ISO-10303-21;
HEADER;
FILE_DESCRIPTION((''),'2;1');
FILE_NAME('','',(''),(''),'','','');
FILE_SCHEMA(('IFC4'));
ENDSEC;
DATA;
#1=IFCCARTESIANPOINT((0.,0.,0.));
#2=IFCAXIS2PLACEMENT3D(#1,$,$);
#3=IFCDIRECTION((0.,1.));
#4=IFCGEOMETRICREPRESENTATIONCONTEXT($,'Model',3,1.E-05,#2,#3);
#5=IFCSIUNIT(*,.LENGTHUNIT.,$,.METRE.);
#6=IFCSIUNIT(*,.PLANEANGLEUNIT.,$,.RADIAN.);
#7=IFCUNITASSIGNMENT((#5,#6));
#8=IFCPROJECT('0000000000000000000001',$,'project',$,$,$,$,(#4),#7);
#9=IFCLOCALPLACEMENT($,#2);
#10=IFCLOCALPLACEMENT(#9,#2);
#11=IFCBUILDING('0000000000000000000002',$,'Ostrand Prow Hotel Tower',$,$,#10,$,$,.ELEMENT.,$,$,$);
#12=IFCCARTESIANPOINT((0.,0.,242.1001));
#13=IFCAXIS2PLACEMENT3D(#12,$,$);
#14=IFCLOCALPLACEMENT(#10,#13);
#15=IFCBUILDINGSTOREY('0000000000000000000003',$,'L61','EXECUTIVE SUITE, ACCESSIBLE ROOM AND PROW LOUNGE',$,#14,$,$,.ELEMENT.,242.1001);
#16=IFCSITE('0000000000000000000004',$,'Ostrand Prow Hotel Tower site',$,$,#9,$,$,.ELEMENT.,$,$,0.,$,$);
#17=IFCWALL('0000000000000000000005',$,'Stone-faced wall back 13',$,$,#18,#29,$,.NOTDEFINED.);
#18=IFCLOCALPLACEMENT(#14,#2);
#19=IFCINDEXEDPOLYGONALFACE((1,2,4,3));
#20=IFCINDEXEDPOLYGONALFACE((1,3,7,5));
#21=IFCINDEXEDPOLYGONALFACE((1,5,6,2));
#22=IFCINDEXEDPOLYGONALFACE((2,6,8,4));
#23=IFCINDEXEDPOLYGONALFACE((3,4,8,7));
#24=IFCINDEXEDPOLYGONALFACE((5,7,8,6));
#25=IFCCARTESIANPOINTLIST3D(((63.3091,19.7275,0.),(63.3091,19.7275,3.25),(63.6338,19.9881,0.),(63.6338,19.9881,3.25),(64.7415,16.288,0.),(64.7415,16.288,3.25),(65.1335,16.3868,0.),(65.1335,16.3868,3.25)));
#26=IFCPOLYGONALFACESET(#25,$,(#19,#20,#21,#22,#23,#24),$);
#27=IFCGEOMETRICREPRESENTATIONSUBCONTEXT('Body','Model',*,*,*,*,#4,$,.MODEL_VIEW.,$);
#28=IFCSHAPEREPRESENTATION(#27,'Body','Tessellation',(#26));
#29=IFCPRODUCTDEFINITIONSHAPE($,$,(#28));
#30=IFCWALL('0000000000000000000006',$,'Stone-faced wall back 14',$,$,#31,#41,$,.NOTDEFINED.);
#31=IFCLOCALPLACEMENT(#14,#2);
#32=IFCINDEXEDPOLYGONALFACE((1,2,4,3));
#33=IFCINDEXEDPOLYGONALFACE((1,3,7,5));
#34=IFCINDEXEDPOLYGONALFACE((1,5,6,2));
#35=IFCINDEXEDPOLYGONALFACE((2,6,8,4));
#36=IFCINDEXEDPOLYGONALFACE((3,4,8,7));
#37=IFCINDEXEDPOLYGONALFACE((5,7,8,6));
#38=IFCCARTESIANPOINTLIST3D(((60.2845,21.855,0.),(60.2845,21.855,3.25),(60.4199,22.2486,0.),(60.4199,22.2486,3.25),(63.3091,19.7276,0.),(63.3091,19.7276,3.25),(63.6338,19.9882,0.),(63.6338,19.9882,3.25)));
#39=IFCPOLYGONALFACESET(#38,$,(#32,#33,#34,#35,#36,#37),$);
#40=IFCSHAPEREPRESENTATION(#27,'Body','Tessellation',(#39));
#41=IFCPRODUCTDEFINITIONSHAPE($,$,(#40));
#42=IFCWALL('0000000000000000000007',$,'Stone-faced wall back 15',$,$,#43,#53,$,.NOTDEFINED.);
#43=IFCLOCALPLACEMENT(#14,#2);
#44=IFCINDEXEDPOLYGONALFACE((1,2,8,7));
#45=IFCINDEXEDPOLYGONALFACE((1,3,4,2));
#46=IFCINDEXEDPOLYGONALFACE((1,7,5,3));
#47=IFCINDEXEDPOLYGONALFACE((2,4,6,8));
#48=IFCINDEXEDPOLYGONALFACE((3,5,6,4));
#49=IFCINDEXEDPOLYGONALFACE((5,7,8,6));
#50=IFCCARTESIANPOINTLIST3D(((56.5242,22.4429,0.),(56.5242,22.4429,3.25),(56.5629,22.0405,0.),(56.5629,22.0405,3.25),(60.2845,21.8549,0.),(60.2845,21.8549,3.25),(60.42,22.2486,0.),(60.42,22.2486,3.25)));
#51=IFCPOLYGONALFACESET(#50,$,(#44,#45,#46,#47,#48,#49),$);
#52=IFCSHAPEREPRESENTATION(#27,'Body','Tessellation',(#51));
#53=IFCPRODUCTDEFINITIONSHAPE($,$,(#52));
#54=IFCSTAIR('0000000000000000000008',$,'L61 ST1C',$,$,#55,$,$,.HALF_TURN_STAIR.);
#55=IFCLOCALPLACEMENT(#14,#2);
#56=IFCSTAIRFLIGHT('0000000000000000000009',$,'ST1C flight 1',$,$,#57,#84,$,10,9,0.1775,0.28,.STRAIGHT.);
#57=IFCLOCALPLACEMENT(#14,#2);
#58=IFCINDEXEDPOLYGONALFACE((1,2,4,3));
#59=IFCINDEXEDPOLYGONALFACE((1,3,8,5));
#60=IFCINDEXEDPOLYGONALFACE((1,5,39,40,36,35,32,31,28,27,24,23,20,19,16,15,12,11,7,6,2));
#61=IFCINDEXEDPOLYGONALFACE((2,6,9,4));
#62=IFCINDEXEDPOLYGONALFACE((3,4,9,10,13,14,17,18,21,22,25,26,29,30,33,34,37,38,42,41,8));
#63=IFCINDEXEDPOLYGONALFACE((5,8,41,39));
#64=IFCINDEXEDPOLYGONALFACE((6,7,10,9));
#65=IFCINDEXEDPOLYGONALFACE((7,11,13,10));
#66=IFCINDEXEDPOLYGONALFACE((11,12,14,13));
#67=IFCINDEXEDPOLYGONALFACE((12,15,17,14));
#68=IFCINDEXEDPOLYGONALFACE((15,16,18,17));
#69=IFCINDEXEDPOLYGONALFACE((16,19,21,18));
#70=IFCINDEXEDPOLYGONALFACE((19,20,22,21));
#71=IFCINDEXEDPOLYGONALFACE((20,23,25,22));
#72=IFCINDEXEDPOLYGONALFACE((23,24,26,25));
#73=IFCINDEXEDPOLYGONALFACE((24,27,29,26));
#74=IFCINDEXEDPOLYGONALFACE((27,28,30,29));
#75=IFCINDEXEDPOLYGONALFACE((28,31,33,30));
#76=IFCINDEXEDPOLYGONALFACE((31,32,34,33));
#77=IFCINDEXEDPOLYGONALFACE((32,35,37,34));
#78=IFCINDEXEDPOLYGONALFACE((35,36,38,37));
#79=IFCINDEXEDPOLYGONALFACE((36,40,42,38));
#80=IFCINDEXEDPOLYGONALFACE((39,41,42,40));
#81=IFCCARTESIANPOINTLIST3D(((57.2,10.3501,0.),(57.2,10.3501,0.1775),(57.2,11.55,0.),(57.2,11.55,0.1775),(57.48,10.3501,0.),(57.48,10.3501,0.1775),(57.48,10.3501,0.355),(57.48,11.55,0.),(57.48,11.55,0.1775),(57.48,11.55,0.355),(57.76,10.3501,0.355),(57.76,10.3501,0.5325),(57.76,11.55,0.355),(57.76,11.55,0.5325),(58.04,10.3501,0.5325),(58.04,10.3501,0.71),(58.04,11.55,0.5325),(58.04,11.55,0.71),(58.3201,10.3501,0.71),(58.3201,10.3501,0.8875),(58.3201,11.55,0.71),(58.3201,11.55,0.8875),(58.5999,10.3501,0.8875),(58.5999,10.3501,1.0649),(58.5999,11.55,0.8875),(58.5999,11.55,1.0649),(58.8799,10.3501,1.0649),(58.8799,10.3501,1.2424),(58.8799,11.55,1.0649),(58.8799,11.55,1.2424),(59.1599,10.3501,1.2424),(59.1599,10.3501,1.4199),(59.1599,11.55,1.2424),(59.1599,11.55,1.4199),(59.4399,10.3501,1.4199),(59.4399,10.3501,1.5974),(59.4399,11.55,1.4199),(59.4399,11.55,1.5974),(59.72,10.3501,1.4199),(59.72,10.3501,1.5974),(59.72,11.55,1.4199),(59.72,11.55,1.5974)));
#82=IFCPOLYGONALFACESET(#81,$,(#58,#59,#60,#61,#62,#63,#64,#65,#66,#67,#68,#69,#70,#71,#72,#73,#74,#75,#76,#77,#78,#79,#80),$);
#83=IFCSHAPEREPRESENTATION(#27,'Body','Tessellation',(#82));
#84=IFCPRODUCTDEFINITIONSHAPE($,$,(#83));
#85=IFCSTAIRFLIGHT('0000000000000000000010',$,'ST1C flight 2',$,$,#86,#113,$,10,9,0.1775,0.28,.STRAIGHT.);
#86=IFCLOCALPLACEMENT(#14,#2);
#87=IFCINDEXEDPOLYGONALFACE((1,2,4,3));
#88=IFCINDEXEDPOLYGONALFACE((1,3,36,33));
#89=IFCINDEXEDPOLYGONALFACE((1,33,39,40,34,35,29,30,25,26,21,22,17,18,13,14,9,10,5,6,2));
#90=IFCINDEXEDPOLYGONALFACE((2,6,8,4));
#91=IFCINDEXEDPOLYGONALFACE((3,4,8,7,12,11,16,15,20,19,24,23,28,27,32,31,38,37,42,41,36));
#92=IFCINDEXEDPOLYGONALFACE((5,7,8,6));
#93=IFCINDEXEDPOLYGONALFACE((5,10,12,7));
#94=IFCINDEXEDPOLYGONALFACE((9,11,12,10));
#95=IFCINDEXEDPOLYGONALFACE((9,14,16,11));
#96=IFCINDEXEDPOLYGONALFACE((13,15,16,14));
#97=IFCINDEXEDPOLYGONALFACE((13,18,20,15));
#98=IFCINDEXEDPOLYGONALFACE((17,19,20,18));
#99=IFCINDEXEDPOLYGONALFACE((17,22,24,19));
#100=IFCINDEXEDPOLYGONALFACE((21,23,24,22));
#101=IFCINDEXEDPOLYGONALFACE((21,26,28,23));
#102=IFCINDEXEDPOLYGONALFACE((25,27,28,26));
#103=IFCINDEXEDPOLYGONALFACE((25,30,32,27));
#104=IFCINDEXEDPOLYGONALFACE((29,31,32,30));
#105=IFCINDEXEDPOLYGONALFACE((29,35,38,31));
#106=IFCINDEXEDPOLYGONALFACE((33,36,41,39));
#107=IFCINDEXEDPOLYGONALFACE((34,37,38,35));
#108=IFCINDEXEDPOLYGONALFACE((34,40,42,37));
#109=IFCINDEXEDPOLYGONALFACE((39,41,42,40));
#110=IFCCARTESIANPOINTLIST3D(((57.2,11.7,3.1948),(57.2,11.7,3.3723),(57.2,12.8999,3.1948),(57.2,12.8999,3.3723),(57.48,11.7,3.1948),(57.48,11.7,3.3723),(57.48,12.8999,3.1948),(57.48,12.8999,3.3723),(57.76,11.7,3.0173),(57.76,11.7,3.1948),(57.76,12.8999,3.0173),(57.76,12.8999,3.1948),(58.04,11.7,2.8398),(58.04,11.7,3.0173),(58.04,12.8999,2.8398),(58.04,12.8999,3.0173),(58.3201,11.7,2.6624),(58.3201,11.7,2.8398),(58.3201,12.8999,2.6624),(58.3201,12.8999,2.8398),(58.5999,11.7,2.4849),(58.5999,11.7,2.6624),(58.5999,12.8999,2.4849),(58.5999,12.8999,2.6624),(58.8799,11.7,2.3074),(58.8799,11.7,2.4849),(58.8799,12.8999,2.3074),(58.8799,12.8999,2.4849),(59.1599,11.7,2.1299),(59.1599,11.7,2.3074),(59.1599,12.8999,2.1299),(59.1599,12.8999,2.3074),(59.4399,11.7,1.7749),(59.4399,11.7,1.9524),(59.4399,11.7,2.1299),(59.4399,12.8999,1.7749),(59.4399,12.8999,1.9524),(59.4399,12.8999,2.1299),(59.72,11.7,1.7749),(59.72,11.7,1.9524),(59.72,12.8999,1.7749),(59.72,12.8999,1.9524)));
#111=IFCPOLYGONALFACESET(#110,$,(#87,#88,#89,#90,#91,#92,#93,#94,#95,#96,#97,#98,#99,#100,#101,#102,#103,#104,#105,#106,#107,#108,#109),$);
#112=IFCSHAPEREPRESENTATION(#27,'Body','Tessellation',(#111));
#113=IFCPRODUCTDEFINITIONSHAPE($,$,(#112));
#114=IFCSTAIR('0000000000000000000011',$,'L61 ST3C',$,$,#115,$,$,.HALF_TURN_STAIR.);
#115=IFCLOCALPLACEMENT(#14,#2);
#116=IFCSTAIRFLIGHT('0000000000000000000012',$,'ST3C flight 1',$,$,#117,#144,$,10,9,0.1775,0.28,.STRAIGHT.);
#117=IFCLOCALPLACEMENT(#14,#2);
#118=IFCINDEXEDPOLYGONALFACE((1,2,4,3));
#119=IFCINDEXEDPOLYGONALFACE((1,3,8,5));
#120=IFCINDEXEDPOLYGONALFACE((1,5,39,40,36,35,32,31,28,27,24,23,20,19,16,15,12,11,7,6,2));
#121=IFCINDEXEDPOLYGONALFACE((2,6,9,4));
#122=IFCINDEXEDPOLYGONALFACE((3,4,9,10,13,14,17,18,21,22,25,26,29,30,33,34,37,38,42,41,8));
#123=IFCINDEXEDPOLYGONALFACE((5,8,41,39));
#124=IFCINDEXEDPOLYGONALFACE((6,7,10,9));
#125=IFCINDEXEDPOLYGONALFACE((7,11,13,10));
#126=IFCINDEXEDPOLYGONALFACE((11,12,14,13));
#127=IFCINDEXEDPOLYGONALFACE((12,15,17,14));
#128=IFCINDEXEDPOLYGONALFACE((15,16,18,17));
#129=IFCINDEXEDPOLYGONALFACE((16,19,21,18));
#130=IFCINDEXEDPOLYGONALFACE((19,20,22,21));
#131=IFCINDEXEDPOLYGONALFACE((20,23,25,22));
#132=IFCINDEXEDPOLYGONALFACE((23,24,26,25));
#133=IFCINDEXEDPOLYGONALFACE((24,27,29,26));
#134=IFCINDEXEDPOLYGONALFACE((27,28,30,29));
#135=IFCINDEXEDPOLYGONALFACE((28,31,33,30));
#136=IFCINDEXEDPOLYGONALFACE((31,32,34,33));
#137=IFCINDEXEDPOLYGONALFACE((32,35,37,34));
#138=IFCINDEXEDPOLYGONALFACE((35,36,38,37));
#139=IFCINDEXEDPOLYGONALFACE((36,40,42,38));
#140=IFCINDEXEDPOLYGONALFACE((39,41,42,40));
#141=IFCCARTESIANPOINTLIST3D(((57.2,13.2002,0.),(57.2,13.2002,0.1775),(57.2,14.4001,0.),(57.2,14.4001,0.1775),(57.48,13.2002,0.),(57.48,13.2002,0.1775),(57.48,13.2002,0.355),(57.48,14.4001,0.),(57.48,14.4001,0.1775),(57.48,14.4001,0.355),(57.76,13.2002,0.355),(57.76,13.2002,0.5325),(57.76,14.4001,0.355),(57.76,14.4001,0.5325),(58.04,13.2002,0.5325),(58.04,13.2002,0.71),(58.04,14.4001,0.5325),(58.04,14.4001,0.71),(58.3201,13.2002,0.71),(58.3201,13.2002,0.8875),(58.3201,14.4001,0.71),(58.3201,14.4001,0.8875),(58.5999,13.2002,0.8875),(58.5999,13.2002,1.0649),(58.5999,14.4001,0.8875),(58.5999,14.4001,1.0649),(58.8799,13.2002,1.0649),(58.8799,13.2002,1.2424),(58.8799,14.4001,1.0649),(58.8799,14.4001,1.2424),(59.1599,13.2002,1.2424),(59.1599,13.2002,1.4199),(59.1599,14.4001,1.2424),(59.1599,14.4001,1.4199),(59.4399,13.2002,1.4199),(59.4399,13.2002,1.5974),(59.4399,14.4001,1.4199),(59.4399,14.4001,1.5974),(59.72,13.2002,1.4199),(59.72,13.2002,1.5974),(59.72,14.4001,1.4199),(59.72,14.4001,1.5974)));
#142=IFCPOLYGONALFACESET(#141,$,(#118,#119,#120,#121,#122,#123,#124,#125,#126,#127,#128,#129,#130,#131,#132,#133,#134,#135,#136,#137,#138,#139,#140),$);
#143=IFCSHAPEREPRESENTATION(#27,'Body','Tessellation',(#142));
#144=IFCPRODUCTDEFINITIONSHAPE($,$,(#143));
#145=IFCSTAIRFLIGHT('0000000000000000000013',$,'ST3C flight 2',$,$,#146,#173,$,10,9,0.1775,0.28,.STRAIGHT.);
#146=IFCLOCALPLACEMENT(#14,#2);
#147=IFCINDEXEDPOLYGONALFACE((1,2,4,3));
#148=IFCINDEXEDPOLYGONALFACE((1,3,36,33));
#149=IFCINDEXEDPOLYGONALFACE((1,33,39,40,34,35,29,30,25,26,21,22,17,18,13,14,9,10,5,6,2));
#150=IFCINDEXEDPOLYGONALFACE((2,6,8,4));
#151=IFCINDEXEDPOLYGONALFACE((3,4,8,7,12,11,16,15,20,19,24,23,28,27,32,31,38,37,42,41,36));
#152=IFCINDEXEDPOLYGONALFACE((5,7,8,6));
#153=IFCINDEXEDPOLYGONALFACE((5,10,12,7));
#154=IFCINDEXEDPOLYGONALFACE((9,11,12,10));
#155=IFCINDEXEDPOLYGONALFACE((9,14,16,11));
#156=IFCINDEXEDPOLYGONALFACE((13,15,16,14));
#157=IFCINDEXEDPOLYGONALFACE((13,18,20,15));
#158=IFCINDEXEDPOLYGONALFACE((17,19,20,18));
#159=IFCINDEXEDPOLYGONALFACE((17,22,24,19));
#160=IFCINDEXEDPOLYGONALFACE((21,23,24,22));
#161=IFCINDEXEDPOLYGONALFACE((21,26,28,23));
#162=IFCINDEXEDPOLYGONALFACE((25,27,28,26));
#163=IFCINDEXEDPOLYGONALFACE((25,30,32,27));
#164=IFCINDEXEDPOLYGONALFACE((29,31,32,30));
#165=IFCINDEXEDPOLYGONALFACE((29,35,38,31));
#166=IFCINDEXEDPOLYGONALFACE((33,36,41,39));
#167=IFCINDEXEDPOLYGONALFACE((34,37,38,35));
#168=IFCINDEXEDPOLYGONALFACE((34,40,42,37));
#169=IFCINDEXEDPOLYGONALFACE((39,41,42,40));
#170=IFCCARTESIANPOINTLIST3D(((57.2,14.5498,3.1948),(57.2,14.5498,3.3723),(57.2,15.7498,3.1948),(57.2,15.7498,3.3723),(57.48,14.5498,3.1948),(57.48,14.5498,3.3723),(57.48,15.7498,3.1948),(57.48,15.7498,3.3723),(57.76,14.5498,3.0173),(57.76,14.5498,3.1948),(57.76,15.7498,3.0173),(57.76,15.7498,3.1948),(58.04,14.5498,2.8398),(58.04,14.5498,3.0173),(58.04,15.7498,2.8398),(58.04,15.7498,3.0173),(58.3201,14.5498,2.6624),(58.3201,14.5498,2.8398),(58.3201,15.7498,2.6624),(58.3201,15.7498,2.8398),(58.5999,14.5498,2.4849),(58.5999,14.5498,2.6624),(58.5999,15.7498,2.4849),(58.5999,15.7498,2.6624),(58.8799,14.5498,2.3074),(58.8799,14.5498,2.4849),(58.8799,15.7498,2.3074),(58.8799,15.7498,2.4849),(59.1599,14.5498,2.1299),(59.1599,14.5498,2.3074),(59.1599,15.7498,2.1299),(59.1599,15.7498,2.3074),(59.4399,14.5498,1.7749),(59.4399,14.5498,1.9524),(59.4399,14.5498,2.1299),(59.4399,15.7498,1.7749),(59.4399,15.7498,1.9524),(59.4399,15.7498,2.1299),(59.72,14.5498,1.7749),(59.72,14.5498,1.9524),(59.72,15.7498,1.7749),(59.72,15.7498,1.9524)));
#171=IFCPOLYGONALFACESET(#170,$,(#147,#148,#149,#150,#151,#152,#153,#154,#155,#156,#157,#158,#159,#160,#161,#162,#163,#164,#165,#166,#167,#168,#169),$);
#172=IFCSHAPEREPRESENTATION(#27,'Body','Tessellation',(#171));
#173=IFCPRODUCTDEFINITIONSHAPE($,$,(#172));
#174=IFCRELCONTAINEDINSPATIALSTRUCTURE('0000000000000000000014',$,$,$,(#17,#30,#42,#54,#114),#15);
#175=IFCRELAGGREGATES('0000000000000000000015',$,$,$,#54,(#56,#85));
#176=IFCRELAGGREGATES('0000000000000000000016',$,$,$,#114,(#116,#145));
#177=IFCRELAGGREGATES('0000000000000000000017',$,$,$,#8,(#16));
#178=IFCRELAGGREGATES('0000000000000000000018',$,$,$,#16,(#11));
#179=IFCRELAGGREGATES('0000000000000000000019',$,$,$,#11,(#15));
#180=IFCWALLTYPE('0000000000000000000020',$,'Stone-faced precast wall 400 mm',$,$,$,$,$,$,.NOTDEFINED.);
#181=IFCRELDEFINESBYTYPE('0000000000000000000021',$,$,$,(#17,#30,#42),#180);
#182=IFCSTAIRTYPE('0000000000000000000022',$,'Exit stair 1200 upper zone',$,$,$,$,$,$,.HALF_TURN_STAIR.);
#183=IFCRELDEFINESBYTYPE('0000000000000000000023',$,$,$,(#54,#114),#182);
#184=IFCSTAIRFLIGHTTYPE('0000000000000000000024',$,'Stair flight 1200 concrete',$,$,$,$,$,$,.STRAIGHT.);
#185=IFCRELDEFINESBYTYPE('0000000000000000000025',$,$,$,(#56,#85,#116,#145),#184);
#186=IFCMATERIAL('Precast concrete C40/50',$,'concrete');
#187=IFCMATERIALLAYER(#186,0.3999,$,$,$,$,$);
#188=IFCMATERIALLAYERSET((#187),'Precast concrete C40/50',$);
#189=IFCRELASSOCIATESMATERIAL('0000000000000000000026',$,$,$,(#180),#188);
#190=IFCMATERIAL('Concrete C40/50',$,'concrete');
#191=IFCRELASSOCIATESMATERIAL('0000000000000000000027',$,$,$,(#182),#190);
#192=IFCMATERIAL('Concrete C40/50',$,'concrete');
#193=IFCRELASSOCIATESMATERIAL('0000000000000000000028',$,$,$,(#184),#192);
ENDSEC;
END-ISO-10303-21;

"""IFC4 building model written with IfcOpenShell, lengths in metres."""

from ifc_helpers import new_model, si_unit, direction, frame, origin, place, context, subcontext, project, spatial, polyline, outline, extrude, material, layer, layer_set, type_object, element, aggregate, save


model = new_model("IFC4")

# Units and contexts
model_context = context("Model", 3, precision=1e-05, world=origin(), true_north=direction((0.0, 1.0)))
body_context = subcontext(model_context, "Body", "Model", "MODEL_VIEW")
ifc_project = project(units=[si_unit("LENGTHUNIT", "METRE"), si_unit("PLANEANGLEUNIT", "RADIAN")], contexts=[model_context])

# Site, building, storey
site_placement = place(None, origin())
site = spatial("IfcSite", under=ifc_project, at=site_placement, Name="Ostrand Prow Hotel Tower site", CompositionType="ELEMENT", RefElevation=0.0)
building_placement = place(site_placement, origin())
building = spatial("IfcBuilding", under=site, at=building_placement, Name="Ostrand Prow Hotel Tower", CompositionType="ELEMENT")
storey_placement = place(building_placement, frame((0.0, 0.0, 242.1001)))
storey = spatial("IfcBuildingStorey", under=building, at=storey_placement, Name="L61", Description="EXECUTIVE SUITE, ACCESSIBLE ROOM AND PROW LOUNGE", CompositionType="ELEMENT", Elevation=242.1001)

# Shared definitions
ifc_material_1 = material(Name="Precast concrete C40/50", Category="concrete")
ifc_layer_1 = layer(ifc_material_1, 0.3999)
ifc_layer_set_1 = layer_set([ifc_layer_1], Name="Precast concrete C40/50")
wall_type_1 = type_object("IfcWallType", Name="Stone-faced precast wall 400 mm", PredefinedType="NOTDEFINED", material=ifc_layer_set_1)

# Walls
wall_1_placement = place(storey_placement, frame((64.9375, 16.3374, 0.0), z_axis=(0.0, 0.0, 1.0), x_axis=(-0.384434, 0.923153, 0.0)))
element("IfcWall", 1, at=wall_1_placement, inside=storey, type_object=wall_type_1, Name="Stone-faced wall back 13", PredefinedType="NOTDEFINED", context=body_context, shape_type="SweptSolid", body=[
    extrude(outline(polyline([(-0.0298, -0.2), (3.8713, -0.2), (3.7556, 0.2), (0.0298, 0.2), (-0.0298, -0.2)])), origin(), (0.0, 0.0, 1.0), 3.25),
])
wall_2_placement = place(storey_placement, frame((63.4714, 19.8579, 0.0), z_axis=(0.0, 0.0, 1.0), x_axis=(-0.817943, 0.5753, 0.0)))
element("IfcWall", 2, at=wall_2_placement, inside=storey, type_object=wall_type_1, Name="Stone-faced wall back 14", PredefinedType="NOTDEFINED", context=body_context, shape_type="SweptSolid", body=[
    extrude(outline(polyline([(-0.0579, -0.2), (3.8713, -0.2), (3.7556, 0.2), (0.0579, 0.2), (-0.0579, -0.2)])), origin(), (0.0, 0.0, 1.0), 3.25),
])
wall_3_placement = place(storey_placement, frame((60.3523, 22.0518, 0.0), z_axis=(0.0, 0.0, 1.0), x_axis=(-0.998759, 0.049807, 0.0)))
element("IfcWall", 3, at=wall_3_placement, inside=storey, type_object=wall_type_1, Name="Stone-faced wall back 15", PredefinedType="NOTDEFINED", context=body_context, shape_type="SweptSolid", body=[
    extrude(outline(polyline([(-0.0579, -0.2), (3.8428, -0.2), (3.7842, 0.2), (0.0579, 0.2), (-0.0579, -0.2)])), origin(), (0.0, 0.0, 1.0), 3.25),
])

# Stairs, stair flights
ifc_material_2 = material(Name="Concrete C40/50", Category="concrete")
stair_type = type_object("IfcStairType", Name="Exit stair 1200 upper zone", PredefinedType="HALF_TURN_STAIR", material=ifc_material_2)
stair_1_placement = place(storey_placement, origin())
stair_1 = element("IfcStair", 4, at=stair_1_placement, inside=storey, type_object=stair_type, Name="L61 ST1C", PredefinedType="HALF_TURN_STAIR")
ifc_material_3 = material(Name="Concrete C40/50", Category="concrete")
stair_flight_type = type_object("IfcStairFlightType", Name="Stair flight 1200 concrete", PredefinedType="STRAIGHT", material=ifc_material_3)
stair_flight_1_placement = place(storey_placement, frame((57.2, 10.95, 0.0), z_axis=(0.0, 0.0, 1.0), x_axis=(1.0, 0.0, 0.0)))
stair_flight_1 = element("IfcStairFlight", 5, at=stair_flight_1_placement, type_object=stair_flight_type, Name="ST1C flight 1", NumberOfRisers=10, NumberOfTreads=9, PredefinedType="STRAIGHT", RiserHeight=0.1775, TreadLength=0.28, context=body_context, shape_type="SweptSolid", body=[
    extrude(outline(polyline([(0.0, 0.0), (0.0, 0.1775), (0.28, 0.1775), (0.28, 0.355), (0.5601, 0.355), (0.5601, 0.5325), (0.8401, 0.5325), (0.8401, 0.71), (1.1201, 0.71), (1.1201, 0.8875), (1.3999, 0.8875), (1.3999, 1.0649), (1.6799, 1.0649), (1.6799, 1.2424), (1.96, 1.2424), (1.96, 1.4199), (2.24, 1.4199), (2.24, 1.5974), (2.52, 1.5974), (2.52, 1.7749), (2.52, 1.4199), (0.28, 0.0), (0.0, 0.0)])), frame((0.0, 0.6001, 0.0), z_axis=(0.0, -1.0, 0.0), x_axis=(1.0, 0.0, 0.0)), (0.0, 0.0, 1.0), 1.2),
])
stair_flight_2_placement = place(storey_placement, frame((59.72, 12.3, 1.7749), z_axis=(0.0, 0.0, 1.0), x_axis=(-1.0, 0.0, 0.0)))
stair_flight_2 = element("IfcStairFlight", 6, at=stair_flight_2_placement, type_object=stair_flight_type, Name="ST1C flight 2", NumberOfRisers=10, NumberOfTreads=9, PredefinedType="STRAIGHT", RiserHeight=0.1775, TreadLength=0.28, context=body_context, shape_type="SweptSolid", body=[
    extrude(outline(polyline([(0.0, 0.0), (0.0, 0.1775), (0.28, 0.1775), (0.28, 0.355), (0.5601, 0.355), (0.5601, 0.5325), (0.8401, 0.5325), (0.8401, 0.71), (1.1201, 0.71), (1.1201, 0.8875), (1.3999, 0.8875), (1.3999, 1.0649), (1.6799, 1.0649), (1.6799, 1.2424), (1.96, 1.2424), (1.96, 1.4199), (2.24, 1.4199), (2.24, 1.5974), (2.52, 1.5974), (2.52, 1.7749), (2.52, 1.4199), (0.28, 0.0), (0.0, 0.0)])), frame((0.0, 0.6001, 0.0), z_axis=(0.0, -1.0, 0.0), x_axis=(1.0, 0.0, 0.0)), (0.0, 0.0, 1.0), 1.2),
])
aggregate(stair_1, [stair_flight_1, stair_flight_2])
stair_2_placement = place(storey_placement, origin())
stair_2 = element("IfcStair", 7, at=stair_2_placement, inside=storey, type_object=stair_type, Name="L61 ST3C", PredefinedType="HALF_TURN_STAIR")
stair_flight_3_placement = place(storey_placement, frame((57.2, 13.8, 0.0), z_axis=(0.0, 0.0, 1.0), x_axis=(1.0, 0.0, 0.0)))
stair_flight_3 = element("IfcStairFlight", 8, at=stair_flight_3_placement, type_object=stair_flight_type, Name="ST3C flight 1", NumberOfRisers=10, NumberOfTreads=9, PredefinedType="STRAIGHT", RiserHeight=0.1775, TreadLength=0.28, context=body_context, shape_type="SweptSolid", body=[
    extrude(outline(polyline([(0.0, 0.0), (0.0, 0.1775), (0.28, 0.1775), (0.28, 0.355), (0.5601, 0.355), (0.5601, 0.5325), (0.8401, 0.5325), (0.8401, 0.71), (1.1201, 0.71), (1.1201, 0.8875), (1.3999, 0.8875), (1.3999, 1.0649), (1.6799, 1.0649), (1.6799, 1.2424), (1.96, 1.2424), (1.96, 1.4199), (2.24, 1.4199), (2.24, 1.5974), (2.52, 1.5974), (2.52, 1.7749), (2.52, 1.4199), (0.28, 0.0), (0.0, 0.0)])), frame((0.0, 0.6001, 0.0), z_axis=(0.0, -1.0, 0.0), x_axis=(1.0, 0.0, 0.0)), (0.0, 0.0, 1.0), 1.2),
])
stair_flight_4_placement = place(storey_placement, frame((59.72, 15.1499, 1.7749), z_axis=(0.0, 0.0, 1.0), x_axis=(-1.0, 0.0, 0.0)))
stair_flight_4 = element("IfcStairFlight", 9, at=stair_flight_4_placement, type_object=stair_flight_type, Name="ST3C flight 2", NumberOfRisers=10, NumberOfTreads=9, PredefinedType="STRAIGHT", RiserHeight=0.1775, TreadLength=0.28, context=body_context, shape_type="SweptSolid", body=[
    extrude(outline(polyline([(0.0, 0.0), (0.0, 0.1775), (0.28, 0.1775), (0.28, 0.355), (0.5601, 0.355), (0.5601, 0.5325), (0.8401, 0.5325), (0.8401, 0.71), (1.1201, 0.71), (1.1201, 0.8875), (1.3999, 0.8875), (1.3999, 1.0649), (1.6799, 1.0649), (1.6799, 1.2424), (1.96, 1.2424), (1.96, 1.4199), (2.24, 1.4199), (2.24, 1.5974), (2.52, 1.5974), (2.52, 1.7749), (2.52, 1.4199), (0.28, 0.0), (0.0, 0.0)])), frame((0.0, 0.6001, 0.0), z_axis=(0.0, -1.0, 0.0), x_axis=(1.0, 0.0, 0.0)), (0.0, 0.0, 1.0), 1.2),
])
aggregate(stair_2, [stair_flight_3, stair_flight_4])

save(model, "model.ifc")
